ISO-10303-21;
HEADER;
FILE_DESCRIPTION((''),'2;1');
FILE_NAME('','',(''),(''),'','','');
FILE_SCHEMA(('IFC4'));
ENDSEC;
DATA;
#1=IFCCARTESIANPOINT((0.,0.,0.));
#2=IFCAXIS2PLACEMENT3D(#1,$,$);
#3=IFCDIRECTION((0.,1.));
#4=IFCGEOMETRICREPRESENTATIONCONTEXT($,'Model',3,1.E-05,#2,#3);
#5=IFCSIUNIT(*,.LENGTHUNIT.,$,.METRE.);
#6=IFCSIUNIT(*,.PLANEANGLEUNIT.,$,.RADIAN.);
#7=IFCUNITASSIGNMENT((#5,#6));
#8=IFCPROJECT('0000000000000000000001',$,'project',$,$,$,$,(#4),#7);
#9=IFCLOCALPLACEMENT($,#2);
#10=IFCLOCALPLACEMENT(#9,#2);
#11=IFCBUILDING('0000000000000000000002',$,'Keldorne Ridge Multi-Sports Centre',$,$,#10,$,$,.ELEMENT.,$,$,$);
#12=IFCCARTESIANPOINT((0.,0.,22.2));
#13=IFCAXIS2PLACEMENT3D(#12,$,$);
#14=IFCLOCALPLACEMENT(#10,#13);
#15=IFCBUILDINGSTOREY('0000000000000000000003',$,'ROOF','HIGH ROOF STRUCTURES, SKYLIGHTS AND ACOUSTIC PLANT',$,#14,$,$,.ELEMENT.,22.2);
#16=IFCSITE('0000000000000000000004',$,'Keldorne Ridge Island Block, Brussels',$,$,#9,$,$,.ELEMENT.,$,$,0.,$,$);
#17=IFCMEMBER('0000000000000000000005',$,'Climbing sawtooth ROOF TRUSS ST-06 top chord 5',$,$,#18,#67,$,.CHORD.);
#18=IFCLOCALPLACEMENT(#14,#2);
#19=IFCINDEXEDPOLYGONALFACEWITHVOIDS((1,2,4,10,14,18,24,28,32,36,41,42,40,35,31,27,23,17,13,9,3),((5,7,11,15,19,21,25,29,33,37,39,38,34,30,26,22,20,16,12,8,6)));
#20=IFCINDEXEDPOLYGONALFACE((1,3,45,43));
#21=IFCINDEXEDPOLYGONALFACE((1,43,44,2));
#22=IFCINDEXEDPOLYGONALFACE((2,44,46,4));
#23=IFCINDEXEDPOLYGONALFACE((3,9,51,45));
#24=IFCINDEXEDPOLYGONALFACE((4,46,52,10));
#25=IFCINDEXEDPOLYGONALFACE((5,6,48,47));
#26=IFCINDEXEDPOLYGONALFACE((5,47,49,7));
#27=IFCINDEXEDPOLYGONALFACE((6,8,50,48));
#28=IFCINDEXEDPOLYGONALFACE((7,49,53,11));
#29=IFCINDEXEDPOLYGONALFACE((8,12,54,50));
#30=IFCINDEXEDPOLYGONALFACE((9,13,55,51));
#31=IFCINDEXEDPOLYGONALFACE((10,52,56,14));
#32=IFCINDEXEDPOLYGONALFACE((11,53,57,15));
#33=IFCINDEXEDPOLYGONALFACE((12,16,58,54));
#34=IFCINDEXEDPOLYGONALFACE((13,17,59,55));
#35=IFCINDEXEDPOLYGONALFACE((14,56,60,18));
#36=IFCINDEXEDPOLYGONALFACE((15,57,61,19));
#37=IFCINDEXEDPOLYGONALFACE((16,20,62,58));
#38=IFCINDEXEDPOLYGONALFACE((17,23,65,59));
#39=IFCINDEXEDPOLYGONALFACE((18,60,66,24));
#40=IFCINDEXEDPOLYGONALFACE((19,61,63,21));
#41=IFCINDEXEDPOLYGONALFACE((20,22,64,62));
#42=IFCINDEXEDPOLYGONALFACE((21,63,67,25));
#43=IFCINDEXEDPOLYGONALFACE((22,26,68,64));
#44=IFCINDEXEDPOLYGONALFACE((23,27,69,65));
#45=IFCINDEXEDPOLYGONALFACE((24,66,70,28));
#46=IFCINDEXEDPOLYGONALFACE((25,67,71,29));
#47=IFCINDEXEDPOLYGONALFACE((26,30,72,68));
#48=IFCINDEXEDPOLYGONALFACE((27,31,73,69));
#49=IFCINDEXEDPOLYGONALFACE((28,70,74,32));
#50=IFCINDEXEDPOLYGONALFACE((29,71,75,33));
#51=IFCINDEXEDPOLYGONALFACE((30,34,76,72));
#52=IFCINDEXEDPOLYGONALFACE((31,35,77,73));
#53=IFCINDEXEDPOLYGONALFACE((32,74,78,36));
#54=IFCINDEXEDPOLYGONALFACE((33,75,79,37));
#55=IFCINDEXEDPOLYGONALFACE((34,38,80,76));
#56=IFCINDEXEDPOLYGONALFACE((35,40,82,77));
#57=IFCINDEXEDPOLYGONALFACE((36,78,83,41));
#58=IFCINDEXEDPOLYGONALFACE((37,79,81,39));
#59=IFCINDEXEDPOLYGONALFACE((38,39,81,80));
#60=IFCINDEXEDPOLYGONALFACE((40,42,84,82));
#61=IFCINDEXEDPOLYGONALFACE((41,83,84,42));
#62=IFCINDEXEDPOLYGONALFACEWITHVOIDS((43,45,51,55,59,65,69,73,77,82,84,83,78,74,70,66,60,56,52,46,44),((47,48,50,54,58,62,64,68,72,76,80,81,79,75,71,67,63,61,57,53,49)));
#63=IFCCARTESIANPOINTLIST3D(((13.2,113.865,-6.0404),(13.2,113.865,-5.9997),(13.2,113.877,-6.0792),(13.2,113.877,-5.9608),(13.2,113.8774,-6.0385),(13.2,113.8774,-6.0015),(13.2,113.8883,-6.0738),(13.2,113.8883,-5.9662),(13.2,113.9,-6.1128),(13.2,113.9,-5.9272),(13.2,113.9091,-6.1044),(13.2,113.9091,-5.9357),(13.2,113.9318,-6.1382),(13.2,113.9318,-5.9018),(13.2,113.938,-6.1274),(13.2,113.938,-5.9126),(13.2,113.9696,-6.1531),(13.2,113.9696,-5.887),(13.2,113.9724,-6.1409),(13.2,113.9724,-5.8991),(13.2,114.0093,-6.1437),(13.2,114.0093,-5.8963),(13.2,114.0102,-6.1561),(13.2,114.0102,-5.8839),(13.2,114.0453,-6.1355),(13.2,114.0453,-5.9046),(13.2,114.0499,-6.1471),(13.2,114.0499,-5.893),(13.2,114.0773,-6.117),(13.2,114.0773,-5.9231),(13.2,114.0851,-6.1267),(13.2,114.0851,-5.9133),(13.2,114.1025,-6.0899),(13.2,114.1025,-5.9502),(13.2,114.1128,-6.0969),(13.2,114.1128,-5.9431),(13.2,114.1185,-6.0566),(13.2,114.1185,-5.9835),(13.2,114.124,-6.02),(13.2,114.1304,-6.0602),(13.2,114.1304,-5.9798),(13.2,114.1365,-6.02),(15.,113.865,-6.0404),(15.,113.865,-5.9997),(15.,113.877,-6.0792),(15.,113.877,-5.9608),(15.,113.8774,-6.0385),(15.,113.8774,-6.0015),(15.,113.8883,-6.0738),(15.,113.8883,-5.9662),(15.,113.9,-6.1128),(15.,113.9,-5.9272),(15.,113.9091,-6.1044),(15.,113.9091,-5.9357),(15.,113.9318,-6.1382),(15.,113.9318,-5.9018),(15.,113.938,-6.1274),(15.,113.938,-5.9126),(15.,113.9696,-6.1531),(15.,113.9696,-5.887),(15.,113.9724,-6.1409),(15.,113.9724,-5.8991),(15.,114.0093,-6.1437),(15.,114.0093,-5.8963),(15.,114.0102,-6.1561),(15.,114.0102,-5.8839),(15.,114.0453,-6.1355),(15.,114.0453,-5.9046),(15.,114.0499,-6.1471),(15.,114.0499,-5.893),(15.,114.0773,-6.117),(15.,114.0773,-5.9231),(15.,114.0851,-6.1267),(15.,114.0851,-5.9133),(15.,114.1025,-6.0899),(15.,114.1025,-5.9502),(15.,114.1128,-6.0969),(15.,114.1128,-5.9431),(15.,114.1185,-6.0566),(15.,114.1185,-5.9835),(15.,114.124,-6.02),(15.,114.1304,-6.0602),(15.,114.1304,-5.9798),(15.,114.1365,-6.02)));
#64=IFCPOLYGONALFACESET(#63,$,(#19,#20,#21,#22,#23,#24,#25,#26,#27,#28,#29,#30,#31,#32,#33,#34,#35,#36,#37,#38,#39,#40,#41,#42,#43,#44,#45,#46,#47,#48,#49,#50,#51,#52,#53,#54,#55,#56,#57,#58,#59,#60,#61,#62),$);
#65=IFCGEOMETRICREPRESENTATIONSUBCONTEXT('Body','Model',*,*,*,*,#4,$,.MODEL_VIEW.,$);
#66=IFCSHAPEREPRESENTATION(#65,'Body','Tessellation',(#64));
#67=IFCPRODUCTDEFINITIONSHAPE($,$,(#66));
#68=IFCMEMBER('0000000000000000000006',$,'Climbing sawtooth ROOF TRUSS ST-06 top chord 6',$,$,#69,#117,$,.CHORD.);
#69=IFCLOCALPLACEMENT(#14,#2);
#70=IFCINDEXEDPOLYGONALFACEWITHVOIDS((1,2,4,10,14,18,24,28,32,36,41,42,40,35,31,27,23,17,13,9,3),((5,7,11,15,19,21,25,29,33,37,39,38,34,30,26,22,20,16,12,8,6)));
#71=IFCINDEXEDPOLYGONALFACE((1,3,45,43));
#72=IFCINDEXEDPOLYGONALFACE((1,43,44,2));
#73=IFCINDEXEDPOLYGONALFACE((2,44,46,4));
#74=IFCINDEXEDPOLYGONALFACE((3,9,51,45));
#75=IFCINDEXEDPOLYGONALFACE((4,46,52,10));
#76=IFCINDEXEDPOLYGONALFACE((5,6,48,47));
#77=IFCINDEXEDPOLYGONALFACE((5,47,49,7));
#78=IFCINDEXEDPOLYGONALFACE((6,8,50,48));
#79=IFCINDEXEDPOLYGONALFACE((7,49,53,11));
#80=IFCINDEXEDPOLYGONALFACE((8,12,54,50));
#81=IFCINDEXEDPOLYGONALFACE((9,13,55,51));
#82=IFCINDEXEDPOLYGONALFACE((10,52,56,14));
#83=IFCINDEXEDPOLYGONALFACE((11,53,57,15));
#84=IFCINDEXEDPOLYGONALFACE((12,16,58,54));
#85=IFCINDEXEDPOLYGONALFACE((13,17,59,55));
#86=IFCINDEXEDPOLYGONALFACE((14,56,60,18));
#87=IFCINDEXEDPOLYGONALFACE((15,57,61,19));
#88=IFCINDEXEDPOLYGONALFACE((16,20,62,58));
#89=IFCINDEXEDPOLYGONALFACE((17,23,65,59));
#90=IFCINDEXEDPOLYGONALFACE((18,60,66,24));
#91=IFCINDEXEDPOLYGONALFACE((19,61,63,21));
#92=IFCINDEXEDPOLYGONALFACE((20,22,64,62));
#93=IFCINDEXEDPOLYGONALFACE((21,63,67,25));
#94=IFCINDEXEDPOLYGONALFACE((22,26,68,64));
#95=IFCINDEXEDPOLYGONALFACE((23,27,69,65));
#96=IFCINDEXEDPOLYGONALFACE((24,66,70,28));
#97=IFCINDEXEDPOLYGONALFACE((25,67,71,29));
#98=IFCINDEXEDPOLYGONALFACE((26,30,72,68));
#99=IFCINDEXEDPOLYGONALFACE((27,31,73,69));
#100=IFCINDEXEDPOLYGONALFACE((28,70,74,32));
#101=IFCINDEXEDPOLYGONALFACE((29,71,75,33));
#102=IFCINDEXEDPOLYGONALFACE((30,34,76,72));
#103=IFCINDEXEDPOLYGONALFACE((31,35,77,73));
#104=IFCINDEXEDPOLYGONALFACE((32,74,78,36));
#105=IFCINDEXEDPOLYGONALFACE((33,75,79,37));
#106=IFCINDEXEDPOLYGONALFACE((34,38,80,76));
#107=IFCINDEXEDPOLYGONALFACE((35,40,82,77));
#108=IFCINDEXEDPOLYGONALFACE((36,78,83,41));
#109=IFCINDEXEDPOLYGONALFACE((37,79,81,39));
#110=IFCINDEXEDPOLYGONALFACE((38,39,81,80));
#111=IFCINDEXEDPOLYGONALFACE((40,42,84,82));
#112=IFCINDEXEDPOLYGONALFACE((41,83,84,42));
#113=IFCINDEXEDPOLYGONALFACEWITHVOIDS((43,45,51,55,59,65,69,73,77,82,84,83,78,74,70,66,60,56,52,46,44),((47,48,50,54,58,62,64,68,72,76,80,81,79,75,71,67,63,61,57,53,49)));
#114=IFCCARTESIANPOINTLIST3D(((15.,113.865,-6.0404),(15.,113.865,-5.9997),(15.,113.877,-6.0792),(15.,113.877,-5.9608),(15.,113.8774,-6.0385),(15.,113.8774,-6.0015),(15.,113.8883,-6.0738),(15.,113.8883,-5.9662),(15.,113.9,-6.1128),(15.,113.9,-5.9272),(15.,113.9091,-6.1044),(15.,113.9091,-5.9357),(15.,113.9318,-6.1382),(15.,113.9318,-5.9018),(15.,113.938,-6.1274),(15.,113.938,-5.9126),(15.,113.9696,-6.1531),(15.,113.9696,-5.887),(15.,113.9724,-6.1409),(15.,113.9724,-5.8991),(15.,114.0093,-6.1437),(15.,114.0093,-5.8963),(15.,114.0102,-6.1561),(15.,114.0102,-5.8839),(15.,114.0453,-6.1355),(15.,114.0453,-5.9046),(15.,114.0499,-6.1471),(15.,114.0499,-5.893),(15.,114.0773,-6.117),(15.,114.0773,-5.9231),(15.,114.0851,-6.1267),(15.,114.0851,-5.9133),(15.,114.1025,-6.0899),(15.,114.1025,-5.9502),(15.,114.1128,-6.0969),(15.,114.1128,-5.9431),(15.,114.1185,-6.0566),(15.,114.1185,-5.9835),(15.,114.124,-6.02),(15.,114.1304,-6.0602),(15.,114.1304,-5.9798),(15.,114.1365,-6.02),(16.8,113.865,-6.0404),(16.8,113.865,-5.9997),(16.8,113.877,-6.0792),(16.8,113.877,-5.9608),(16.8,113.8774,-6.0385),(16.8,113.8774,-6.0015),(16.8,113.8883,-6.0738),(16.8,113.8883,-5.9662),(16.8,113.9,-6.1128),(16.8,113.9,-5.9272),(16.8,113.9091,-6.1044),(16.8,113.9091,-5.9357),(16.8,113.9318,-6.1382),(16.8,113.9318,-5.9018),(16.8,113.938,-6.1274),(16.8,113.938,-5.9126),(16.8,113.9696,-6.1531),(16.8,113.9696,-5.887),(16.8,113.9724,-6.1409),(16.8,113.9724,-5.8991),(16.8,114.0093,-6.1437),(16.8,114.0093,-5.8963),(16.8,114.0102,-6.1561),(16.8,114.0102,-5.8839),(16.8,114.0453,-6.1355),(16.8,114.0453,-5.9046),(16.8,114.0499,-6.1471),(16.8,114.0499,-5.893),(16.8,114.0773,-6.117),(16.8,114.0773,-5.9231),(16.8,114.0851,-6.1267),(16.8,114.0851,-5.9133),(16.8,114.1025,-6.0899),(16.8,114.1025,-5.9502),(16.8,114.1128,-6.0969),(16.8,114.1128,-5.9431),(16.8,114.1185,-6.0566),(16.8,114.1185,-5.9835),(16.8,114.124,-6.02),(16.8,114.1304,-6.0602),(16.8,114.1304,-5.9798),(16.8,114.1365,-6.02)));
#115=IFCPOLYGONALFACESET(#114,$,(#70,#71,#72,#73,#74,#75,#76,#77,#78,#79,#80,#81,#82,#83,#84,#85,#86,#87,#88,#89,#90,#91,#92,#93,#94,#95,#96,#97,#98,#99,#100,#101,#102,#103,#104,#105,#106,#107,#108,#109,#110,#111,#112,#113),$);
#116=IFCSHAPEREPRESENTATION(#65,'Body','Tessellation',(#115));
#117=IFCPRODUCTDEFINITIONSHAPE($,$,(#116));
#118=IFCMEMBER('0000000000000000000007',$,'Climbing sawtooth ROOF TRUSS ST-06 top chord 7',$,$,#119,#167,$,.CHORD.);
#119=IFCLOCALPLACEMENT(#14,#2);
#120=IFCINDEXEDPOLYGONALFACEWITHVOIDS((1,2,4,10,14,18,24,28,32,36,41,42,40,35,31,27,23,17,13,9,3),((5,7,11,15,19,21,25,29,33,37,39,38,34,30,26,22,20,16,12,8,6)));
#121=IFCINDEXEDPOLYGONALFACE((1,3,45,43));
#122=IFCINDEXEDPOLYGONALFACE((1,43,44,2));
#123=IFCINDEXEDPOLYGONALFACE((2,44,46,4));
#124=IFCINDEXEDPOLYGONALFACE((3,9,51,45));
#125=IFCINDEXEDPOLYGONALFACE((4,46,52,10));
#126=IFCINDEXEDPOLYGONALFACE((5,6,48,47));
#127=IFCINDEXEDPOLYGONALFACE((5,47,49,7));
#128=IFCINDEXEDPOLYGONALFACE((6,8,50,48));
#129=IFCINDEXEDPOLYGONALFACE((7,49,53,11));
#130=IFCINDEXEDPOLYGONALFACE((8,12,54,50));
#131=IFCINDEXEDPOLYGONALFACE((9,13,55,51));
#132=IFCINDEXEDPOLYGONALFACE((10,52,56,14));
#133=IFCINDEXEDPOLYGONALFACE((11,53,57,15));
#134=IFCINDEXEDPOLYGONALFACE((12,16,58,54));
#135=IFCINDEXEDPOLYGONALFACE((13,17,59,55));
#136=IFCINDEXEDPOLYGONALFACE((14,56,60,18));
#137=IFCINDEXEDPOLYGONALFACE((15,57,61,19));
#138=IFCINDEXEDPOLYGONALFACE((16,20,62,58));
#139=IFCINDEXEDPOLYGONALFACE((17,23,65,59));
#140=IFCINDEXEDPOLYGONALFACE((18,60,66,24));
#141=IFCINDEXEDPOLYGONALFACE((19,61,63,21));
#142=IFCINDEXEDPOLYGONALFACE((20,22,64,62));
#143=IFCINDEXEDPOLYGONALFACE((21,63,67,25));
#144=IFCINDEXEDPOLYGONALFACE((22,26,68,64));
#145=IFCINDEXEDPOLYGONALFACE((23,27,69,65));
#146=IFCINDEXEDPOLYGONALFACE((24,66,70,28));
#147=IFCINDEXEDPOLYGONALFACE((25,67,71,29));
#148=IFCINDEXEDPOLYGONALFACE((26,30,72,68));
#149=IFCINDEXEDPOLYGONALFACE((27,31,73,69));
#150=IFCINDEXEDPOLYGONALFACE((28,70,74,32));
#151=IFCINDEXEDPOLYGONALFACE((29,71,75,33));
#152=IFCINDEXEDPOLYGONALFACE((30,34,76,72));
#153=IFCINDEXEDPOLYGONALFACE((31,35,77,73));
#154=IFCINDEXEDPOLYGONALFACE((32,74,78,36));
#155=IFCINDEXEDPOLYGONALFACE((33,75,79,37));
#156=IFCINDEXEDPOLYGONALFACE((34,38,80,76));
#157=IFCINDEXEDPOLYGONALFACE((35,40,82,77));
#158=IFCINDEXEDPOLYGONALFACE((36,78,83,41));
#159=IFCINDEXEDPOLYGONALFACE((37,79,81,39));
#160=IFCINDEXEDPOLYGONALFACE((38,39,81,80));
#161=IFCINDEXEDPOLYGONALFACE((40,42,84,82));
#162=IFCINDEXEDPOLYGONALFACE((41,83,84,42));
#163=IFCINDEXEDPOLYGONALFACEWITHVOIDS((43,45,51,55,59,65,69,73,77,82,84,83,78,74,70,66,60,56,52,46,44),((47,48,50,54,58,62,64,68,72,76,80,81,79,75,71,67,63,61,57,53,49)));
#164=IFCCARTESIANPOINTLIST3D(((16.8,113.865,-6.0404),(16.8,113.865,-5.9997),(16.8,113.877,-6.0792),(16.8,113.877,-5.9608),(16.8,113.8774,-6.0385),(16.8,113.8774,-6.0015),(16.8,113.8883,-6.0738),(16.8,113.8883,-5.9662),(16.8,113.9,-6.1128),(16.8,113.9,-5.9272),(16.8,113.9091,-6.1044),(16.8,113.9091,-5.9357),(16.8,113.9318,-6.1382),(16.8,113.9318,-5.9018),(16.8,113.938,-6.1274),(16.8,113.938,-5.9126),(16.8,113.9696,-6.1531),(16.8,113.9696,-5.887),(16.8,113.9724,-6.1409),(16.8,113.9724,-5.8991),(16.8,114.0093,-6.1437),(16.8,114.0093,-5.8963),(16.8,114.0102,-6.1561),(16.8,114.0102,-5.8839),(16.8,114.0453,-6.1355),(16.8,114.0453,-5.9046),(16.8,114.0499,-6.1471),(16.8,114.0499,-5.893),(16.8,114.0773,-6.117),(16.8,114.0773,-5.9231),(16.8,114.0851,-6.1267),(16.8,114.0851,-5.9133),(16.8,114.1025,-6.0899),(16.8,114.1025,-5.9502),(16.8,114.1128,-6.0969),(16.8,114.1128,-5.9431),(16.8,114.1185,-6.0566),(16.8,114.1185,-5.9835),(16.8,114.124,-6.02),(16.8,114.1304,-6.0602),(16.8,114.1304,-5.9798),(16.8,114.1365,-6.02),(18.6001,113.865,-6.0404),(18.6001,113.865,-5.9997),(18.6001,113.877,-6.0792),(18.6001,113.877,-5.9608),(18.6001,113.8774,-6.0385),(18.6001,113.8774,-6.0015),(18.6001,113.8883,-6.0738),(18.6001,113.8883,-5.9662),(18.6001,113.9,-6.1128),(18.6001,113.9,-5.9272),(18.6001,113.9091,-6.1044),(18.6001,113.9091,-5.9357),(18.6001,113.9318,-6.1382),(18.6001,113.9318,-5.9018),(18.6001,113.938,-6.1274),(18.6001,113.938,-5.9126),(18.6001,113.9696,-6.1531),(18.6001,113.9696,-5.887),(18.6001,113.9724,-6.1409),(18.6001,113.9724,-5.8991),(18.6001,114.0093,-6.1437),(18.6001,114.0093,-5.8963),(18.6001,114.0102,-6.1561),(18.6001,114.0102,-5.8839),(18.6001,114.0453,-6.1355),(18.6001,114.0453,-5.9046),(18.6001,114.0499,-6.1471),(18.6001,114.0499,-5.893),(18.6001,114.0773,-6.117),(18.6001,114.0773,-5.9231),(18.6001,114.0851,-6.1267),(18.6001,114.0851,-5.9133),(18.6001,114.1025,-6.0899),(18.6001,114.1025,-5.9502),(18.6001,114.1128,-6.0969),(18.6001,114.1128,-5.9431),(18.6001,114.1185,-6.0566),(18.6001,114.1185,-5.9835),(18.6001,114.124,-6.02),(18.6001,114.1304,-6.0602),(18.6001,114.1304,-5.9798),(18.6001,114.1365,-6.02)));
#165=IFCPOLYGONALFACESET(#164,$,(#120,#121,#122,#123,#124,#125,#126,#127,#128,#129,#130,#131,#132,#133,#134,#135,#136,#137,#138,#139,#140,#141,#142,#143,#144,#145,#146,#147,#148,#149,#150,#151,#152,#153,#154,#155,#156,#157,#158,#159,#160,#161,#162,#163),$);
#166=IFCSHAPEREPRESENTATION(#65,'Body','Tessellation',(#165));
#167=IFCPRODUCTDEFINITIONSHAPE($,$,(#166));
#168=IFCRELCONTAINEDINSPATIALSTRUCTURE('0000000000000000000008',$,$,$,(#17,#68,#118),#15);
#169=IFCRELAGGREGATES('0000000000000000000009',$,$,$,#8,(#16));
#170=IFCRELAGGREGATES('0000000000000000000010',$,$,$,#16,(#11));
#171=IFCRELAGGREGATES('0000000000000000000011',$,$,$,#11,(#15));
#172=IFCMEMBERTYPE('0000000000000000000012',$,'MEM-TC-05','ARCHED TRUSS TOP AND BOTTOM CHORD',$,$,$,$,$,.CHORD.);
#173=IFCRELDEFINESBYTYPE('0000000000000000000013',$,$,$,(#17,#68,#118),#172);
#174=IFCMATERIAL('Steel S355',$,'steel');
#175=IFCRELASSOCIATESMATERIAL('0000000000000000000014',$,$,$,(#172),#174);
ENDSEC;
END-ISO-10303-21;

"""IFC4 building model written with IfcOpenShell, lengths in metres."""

from ifc_helpers import new_model, si_unit, direction, frame, origin, origin_2d, place, context, subcontext, project, spatial, hollow_circle, extrude, material, material_profile, profile_set, type_object, element, save


model = new_model("IFC4")

# Units and contexts
model_context = context("Model", 3, precision=1e-05, world=origin(), true_north=direction((0.0, 1.0)))
body_context = subcontext(model_context, "Body", "Model", "MODEL_VIEW")
ifc_project = project(units=[si_unit("LENGTHUNIT", "METRE"), si_unit("PLANEANGLEUNIT", "RADIAN")], contexts=[model_context])

# Site, building, storey
site_placement = place(None, origin())
site = spatial("IfcSite", under=ifc_project, at=site_placement, Name="Keldorne Ridge Island Block, Brussels", CompositionType="ELEMENT", RefElevation=0.0)
building_placement = place(site_placement, origin())
building = spatial("IfcBuilding", under=site, at=building_placement, Name="Keldorne Ridge Multi-Sports Centre", CompositionType="ELEMENT")
storey_placement = place(building_placement, frame((0.0, 0.0, 22.2)))
storey = spatial("IfcBuildingStorey", under=building, at=storey_placement, Name="ROOF", Description="HIGH ROOF STRUCTURES, SKYLIGHTS AND ACOUSTIC PLANT", CompositionType="ELEMENT", Elevation=22.2)

# Shared definitions
ifc_material_1 = material(Name="Steel S355", Category="steel")

# Members
ifc_material_profile_1 = material_profile(ifc_material_1, hollow_circle(Radius=0.1365, WallThickness=0.0125, at=origin_2d()), Name="CHS 273x12.5")
ifc_profile_set_1 = profile_set([ifc_material_profile_1], Name="Steel S355")
member_type_1 = type_object("IfcMemberType", Name="MEM-TC-05", Description="ARCHED TRUSS TOP AND BOTTOM CHORD", PredefinedType="CHORD", material=ifc_profile_set_1)
for number, where, z_axis, x_axis, name in (
    (1, (13.2, 114.0, -6.02), (1.0, 0.0, 0.0), (0.0, 1.0, 0.0), "Climbing sawtooth ROOF TRUSS ST-06 top chord 5"),
    (2, (15.0, 114.0, -6.02), (1.0, 0.0, 0.0), (0.0, 1.0, 0.0), "Climbing sawtooth ROOF TRUSS ST-06 top chord 6"),
    (3, (16.8, 114.0, -6.02), (1.0, 0.0, 0.0), (0.0, 1.0, 0.0), "Climbing sawtooth ROOF TRUSS ST-06 top chord 7"),
):
    element("IfcMember", number, at=place(storey_placement, frame(where, z_axis=z_axis, x_axis=x_axis)), inside=storey, type_object=member_type_1, Name=name, PredefinedType="CHORD", context=body_context, shape_type="SweptSolid", body=[
        extrude(hollow_circle(Radius=0.1365, WallThickness=0.0125, at=origin_2d()), origin(), (0.0, 0.0, 1.0), 1.8),
    ])

save(model, "model.ifc")
